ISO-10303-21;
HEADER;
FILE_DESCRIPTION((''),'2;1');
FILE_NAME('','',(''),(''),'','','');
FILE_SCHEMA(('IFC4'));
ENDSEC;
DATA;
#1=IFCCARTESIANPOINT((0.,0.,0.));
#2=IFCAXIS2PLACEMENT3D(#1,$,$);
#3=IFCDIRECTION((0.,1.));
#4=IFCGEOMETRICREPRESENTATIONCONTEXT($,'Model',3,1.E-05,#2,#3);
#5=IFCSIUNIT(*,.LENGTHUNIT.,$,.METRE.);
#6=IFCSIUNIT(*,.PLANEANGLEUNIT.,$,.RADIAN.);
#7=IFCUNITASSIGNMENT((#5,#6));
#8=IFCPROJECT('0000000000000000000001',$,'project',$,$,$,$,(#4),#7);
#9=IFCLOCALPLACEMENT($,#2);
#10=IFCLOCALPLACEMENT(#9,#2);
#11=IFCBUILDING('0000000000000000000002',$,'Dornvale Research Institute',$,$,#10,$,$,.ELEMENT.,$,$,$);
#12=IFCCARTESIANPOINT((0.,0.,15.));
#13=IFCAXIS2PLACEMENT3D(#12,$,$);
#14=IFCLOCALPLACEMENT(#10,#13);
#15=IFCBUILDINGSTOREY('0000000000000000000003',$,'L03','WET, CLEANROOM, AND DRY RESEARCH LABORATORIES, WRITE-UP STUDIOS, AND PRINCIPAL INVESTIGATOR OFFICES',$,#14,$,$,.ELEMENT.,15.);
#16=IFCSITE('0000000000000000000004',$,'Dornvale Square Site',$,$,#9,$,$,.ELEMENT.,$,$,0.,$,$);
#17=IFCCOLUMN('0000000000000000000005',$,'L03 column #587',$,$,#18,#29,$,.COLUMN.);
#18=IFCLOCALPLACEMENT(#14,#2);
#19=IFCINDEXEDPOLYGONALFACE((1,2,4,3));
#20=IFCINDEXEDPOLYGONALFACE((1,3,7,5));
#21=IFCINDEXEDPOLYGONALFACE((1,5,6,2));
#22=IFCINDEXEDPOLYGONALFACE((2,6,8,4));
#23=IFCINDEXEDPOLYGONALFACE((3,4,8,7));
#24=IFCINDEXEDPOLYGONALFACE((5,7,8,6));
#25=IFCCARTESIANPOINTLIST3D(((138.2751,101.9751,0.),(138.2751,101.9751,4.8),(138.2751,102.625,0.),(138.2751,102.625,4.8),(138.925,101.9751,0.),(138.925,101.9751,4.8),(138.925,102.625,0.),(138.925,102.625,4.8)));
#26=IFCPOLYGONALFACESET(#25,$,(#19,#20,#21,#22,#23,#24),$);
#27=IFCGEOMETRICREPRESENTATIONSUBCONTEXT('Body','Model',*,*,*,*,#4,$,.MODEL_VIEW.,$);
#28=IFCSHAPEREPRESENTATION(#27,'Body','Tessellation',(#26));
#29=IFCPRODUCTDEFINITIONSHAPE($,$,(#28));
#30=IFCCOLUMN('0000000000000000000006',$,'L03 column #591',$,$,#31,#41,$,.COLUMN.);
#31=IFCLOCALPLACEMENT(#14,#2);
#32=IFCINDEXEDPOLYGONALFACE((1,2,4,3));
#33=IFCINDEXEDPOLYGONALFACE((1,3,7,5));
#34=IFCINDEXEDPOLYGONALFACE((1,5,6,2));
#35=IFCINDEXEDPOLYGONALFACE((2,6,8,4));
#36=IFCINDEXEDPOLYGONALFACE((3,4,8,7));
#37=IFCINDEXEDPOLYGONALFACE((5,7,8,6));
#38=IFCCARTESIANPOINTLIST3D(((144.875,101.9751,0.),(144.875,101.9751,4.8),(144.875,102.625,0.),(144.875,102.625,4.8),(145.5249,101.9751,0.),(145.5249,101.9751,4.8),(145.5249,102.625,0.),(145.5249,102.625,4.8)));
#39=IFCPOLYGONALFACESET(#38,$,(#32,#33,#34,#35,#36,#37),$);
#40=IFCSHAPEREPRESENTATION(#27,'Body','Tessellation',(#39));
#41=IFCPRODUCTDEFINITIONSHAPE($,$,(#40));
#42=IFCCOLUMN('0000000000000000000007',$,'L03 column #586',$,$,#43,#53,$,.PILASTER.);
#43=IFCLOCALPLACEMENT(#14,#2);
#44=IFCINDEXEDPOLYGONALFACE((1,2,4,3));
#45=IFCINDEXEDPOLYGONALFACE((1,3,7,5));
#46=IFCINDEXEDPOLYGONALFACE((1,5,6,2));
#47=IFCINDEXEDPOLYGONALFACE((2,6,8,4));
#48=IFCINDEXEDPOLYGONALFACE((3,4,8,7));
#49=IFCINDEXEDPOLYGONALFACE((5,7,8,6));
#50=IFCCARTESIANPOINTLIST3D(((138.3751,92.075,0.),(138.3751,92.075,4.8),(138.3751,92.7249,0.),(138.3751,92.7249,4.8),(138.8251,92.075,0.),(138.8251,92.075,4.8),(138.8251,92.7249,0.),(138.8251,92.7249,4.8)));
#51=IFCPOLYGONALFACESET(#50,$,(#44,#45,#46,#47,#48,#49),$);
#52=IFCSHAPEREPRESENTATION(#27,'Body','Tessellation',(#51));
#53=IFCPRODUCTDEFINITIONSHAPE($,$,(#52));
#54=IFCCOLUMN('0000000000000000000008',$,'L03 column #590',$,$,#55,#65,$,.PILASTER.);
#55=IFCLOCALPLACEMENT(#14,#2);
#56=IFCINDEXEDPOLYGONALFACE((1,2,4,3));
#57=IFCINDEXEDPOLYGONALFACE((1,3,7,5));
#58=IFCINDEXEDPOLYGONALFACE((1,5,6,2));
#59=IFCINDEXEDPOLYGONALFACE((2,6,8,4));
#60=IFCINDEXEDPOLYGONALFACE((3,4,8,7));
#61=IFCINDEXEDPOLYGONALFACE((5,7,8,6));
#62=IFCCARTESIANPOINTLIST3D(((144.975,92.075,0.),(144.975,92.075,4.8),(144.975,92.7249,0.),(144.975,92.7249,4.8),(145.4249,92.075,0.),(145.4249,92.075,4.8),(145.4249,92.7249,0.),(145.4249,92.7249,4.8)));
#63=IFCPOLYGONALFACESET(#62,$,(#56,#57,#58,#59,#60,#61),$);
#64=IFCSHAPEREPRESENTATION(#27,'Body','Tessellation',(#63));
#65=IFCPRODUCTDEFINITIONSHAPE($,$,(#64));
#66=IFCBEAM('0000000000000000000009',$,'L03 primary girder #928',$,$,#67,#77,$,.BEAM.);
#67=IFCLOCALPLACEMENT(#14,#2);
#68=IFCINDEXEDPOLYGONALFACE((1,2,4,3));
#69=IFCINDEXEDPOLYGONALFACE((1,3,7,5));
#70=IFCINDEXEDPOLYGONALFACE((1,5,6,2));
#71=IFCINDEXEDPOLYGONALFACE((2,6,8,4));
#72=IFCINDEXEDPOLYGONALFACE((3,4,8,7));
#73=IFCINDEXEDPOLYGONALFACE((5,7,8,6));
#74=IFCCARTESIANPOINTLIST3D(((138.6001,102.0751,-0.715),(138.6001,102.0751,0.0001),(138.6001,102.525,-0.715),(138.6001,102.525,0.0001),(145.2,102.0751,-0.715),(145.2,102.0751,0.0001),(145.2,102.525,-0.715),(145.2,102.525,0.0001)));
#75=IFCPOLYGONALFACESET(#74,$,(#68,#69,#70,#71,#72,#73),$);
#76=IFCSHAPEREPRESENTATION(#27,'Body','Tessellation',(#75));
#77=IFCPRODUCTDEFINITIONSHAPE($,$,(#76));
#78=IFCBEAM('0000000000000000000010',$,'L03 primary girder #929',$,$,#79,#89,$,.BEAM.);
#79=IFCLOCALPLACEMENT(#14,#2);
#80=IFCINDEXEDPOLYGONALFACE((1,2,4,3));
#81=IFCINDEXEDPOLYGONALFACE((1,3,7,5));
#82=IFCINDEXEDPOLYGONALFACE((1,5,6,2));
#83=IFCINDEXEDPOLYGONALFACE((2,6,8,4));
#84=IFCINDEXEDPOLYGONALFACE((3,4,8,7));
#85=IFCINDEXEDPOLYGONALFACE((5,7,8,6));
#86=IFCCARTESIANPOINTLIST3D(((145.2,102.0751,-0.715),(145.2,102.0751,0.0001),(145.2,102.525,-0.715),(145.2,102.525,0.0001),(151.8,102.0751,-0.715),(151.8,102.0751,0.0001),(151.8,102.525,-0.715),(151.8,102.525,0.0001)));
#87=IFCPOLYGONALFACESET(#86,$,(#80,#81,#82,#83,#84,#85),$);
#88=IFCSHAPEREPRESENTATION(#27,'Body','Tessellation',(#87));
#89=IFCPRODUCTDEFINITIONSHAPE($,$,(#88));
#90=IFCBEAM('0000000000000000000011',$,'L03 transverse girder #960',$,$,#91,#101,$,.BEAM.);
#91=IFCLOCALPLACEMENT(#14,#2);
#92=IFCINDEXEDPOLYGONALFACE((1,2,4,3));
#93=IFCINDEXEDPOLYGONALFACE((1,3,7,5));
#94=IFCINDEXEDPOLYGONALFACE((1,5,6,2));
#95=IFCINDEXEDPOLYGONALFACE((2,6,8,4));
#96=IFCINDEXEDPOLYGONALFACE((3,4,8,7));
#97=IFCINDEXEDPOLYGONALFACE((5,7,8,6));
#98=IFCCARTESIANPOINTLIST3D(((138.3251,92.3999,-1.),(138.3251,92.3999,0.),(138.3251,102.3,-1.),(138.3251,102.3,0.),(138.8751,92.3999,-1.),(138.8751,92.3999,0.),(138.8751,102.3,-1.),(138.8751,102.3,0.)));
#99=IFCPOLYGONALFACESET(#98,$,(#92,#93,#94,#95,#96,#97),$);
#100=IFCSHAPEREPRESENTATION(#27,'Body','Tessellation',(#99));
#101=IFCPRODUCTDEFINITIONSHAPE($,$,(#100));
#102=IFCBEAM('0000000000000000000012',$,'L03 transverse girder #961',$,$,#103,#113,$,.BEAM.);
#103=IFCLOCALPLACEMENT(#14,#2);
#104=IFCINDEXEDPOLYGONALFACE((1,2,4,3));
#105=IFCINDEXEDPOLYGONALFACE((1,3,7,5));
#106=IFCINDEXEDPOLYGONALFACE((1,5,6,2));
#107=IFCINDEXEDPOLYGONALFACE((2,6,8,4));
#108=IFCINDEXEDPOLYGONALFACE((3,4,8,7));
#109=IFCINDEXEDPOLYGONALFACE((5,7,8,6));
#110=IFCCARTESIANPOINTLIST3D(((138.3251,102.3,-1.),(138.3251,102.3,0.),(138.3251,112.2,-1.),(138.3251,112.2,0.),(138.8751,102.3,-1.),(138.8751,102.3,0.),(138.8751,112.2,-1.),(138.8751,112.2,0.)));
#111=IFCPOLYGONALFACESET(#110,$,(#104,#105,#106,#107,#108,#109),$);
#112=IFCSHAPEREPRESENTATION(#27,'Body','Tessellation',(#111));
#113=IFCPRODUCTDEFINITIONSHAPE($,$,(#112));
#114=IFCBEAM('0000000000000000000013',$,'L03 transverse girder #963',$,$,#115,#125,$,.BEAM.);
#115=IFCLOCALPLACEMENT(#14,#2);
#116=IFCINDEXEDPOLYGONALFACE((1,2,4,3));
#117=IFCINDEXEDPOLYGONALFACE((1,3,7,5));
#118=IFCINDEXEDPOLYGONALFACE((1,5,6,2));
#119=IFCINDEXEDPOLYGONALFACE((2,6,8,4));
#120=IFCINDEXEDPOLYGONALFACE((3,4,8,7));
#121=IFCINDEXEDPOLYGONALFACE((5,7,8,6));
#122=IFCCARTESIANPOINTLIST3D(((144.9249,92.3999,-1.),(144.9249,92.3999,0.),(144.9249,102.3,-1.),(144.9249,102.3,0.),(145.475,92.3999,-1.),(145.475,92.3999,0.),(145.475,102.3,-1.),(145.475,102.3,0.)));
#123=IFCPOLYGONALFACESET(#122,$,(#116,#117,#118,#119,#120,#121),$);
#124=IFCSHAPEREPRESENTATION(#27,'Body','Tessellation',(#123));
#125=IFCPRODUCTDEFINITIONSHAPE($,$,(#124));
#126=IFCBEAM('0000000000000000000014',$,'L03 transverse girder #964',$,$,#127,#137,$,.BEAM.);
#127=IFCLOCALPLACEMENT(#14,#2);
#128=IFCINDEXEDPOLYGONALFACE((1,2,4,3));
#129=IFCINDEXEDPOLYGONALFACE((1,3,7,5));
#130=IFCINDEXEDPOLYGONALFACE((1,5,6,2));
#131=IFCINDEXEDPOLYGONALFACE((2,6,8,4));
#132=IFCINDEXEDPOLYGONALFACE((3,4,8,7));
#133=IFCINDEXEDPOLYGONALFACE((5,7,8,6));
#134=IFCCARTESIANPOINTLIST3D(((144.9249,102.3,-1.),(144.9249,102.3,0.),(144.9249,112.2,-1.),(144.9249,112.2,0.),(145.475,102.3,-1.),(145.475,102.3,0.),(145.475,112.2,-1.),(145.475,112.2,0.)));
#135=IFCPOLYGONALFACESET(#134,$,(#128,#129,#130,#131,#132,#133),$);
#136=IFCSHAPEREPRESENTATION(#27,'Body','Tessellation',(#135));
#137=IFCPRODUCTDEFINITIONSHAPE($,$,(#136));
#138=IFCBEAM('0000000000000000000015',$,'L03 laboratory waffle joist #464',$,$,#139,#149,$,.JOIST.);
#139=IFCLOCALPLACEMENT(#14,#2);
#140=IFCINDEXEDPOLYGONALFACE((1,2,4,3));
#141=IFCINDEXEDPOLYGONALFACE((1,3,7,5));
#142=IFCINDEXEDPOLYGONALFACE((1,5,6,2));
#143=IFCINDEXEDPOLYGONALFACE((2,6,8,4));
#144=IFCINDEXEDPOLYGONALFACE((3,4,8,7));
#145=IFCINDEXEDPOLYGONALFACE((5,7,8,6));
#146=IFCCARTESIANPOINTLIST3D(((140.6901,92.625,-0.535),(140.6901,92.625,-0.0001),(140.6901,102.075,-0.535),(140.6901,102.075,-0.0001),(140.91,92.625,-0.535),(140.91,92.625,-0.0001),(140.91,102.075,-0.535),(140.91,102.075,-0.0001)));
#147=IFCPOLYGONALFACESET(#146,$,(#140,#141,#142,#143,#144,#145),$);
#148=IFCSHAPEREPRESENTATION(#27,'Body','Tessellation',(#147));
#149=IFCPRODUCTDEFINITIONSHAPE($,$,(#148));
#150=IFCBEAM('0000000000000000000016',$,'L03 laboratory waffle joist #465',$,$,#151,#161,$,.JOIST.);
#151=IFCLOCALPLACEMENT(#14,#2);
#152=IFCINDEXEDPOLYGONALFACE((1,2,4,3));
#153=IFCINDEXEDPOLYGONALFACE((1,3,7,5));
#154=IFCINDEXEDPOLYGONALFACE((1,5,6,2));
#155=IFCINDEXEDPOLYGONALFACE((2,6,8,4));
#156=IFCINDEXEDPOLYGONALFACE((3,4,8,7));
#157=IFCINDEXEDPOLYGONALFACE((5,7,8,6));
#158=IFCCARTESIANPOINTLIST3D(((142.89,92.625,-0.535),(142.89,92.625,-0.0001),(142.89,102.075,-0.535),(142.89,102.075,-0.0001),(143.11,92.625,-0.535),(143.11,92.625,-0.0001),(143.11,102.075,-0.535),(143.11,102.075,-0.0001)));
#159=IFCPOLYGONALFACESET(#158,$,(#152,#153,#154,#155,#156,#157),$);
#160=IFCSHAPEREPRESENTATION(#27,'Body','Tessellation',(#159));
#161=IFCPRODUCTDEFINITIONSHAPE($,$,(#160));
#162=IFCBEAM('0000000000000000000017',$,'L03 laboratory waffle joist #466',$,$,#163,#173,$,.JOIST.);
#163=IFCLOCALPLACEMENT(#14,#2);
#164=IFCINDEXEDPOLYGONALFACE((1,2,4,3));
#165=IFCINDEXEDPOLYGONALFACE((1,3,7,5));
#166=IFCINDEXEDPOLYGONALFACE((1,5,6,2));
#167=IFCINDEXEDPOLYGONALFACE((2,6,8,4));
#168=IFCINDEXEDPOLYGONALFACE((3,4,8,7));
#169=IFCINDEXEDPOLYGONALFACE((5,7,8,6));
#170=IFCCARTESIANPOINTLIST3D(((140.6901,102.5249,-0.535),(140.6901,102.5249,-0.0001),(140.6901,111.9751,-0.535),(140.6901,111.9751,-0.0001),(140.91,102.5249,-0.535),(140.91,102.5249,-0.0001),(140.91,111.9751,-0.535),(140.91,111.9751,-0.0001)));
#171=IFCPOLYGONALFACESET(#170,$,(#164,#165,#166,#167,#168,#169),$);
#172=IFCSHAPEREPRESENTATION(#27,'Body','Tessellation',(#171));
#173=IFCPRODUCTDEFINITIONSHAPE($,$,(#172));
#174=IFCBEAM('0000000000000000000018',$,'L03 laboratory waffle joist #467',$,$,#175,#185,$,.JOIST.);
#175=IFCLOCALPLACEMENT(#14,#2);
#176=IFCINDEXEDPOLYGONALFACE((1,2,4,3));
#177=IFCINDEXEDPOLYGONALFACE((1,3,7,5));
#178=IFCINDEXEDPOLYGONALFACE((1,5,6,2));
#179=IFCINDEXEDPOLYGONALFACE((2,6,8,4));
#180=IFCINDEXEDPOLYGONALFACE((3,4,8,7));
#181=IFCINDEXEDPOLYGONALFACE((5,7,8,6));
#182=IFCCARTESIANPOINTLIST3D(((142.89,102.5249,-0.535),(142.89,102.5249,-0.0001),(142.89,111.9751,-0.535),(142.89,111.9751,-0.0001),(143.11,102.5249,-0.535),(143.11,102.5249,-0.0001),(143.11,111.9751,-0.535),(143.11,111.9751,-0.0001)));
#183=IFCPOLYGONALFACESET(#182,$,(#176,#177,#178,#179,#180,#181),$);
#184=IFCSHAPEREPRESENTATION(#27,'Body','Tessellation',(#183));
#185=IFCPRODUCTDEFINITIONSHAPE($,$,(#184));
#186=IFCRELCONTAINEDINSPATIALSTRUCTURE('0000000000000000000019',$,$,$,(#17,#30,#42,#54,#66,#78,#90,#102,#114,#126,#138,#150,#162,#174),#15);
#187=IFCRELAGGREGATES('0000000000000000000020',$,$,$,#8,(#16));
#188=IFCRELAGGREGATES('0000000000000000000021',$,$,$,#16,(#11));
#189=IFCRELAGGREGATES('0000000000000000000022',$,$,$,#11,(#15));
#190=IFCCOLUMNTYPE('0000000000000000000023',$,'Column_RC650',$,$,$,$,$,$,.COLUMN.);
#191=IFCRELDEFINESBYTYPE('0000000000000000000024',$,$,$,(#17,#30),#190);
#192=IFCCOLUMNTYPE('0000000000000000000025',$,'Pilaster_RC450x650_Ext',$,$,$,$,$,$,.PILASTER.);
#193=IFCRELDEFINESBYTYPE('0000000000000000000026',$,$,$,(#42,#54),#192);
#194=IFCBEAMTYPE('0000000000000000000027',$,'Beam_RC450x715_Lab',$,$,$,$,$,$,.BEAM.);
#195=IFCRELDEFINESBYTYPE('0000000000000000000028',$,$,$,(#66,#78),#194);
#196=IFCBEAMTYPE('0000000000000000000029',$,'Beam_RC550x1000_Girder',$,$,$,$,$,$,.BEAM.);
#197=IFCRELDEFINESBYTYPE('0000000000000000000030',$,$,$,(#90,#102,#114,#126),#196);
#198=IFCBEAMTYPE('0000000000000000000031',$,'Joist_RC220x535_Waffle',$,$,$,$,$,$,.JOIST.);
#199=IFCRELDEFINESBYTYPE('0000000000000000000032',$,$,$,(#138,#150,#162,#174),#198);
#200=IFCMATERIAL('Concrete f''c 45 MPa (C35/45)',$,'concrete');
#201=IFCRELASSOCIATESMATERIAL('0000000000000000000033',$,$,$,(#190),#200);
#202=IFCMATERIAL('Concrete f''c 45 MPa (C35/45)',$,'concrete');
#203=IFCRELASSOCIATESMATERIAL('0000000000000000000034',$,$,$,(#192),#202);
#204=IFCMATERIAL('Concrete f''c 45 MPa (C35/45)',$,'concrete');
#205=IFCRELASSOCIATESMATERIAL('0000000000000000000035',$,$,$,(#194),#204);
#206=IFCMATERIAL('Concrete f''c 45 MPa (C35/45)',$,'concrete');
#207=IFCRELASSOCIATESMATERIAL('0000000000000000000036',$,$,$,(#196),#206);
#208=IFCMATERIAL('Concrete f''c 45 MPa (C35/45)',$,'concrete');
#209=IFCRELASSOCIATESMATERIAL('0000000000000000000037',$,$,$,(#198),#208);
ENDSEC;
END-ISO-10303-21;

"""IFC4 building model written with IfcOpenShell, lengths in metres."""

from ifc_helpers import new_model, si_unit, direction, frame, origin, origin_2d, place, context, subcontext, project, spatial, rectangle, extrude, material, material_profile, profile_set, type_object, element, save


model = new_model("IFC4")

# Units and contexts
model_context = context("Model", 3, precision=1e-05, world=origin(), true_north=direction((0.0, 1.0)))
body_context = subcontext(model_context, "Body", "Model", "MODEL_VIEW")
ifc_project = project(units=[si_unit("LENGTHUNIT", "METRE"), si_unit("PLANEANGLEUNIT", "RADIAN")], contexts=[model_context])

# Site, building, storey
site_placement = place(None, origin())
site = spatial("IfcSite", under=ifc_project, at=site_placement, Name="Dornvale Square Site", CompositionType="ELEMENT", RefElevation=0.0)
building_placement = place(site_placement, origin())
building = spatial("IfcBuilding", under=site, at=building_placement, Name="Dornvale Research Institute", CompositionType="ELEMENT")
storey_placement = place(building_placement, frame((0.0, 0.0, 15.0)))
storey = spatial("IfcBuildingStorey", under=building, at=storey_placement, Name="L03", Description="WET, CLEANROOM, AND DRY RESEARCH LABORATORIES, WRITE-UP STUDIOS, AND PRINCIPAL INVESTIGATOR OFFICES", CompositionType="ELEMENT", Elevation=15.0)

# Columns
ifc_material_1 = material(Name="Concrete f'c 45 MPa (C35/45)", Category="concrete")
ifc_material_profile_1 = material_profile(ifc_material_1, rectangle(XDim=0.6499, YDim=0.6499, at=origin_2d()), Name="RC 650x650")
ifc_profile_set_1 = profile_set([ifc_material_profile_1], Name="Concrete f'c 45 MPa (C35/45)")
column_type_1 = type_object("IfcColumnType", Name="Column_RC650", PredefinedType="COLUMN", material=ifc_profile_set_1)
for number, where, z_axis, x_axis, name in (
    (1, (138.6001, 102.3, 0.0), (0.0, 0.0, 1.0), (1.0, 0.0, 0.0), "L03 column #587"),
    (2, (145.2, 102.3, 0.0), (0.0, 0.0, 1.0), (1.0, 0.0, 0.0), "L03 column #591"),
):
    element("IfcColumn", number, at=place(storey_placement, frame(where, z_axis=z_axis, x_axis=x_axis)), inside=storey, type_object=column_type_1, Name=name, PredefinedType="COLUMN", context=body_context, shape_type="SweptSolid", body=[
        extrude(rectangle(XDim=0.6499, YDim=0.6499, at=origin_2d()), origin(), (0.0, 0.0, 1.0), 4.8),
    ])
ifc_material_2 = material(Name="Concrete f'c 45 MPa (C35/45)", Category="concrete")
ifc_material_profile_2 = material_profile(ifc_material_2, rectangle(XDim=0.45, YDim=0.6499, at=origin_2d()), Name="RC 450x650")
ifc_profile_set_2 = profile_set([ifc_material_profile_2], Name="Concrete f'c 45 MPa (C35/45)")
column_type_2 = type_object("IfcColumnType", Name="Pilaster_RC450x650_Ext", PredefinedType="PILASTER", material=ifc_profile_set_2)
for number, where, z_axis, x_axis, name in (
    (3, (138.6001, 92.3999, 0.0), (0.0, 0.0, 1.0), (1.0, 0.0, 0.0), "L03 column #586"),
    (4, (145.2, 92.3999, 0.0), (0.0, 0.0, 1.0), (1.0, 0.0, 0.0), "L03 column #590"),
):
    element("IfcColumn", number, at=place(storey_placement, frame(where, z_axis=z_axis, x_axis=x_axis)), inside=storey, type_object=column_type_2, Name=name, PredefinedType="PILASTER", context=body_context, shape_type="SweptSolid", body=[
        extrude(rectangle(XDim=0.45, YDim=0.6499, at=origin_2d()), origin(), (0.0, 0.0, 1.0), 4.8),
    ])

# Beams
ifc_material_3 = material(Name="Concrete f'c 45 MPa (C35/45)", Category="concrete")
ifc_material_profile_3 = material_profile(ifc_material_3, rectangle(XDim=0.45, YDim=0.7151, at=origin_2d()), Name="RC 450x715")
ifc_profile_set_3 = profile_set([ifc_material_profile_3], Name="Concrete f'c 45 MPa (C35/45)")
beam_type_1 = type_object("IfcBeamType", Name="Beam_RC450x715_Lab", PredefinedType="BEAM", material=ifc_profile_set_3)
beam_1_placement = place(storey_placement, frame((138.6001, 102.3, -0.3574), z_axis=(1.0, 0.0, 0.0), x_axis=(0.0, 1.0, 0.0)))
element("IfcBeam", 5, at=beam_1_placement, inside=storey, type_object=beam_type_1, Name="L03 primary girder #928", PredefinedType="BEAM", context=body_context, shape_type="SweptSolid", body=[
    extrude(rectangle(XDim=0.45, YDim=0.7151, at=origin_2d()), origin(), (0.0, 0.0, 1.0), 6.5999),
])
beam_2_placement = place(storey_placement, frame((145.2, 102.3, -0.3574), z_axis=(1.0, 0.0, 0.0), x_axis=(0.0, 1.0, 0.0)))
element("IfcBeam", 6, at=beam_2_placement, inside=storey, type_object=beam_type_1, Name="L03 primary girder #929", PredefinedType="BEAM", context=body_context, shape_type="SweptSolid", body=[
    extrude(rectangle(XDim=0.45, YDim=0.7151, at=origin_2d()), origin(), (0.0, 0.0, 1.0), 6.6001),
])
ifc_material_4 = material(Name="Concrete f'c 45 MPa (C35/45)", Category="concrete")
ifc_material_profile_4 = material_profile(ifc_material_4, rectangle(XDim=0.55, YDim=1.0, at=origin_2d()), Name="RC 550x1000")
ifc_profile_set_4 = profile_set([ifc_material_profile_4], Name="Concrete f'c 45 MPa (C35/45)")
beam_type_2 = type_object("IfcBeamType", Name="Beam_RC550x1000_Girder", PredefinedType="BEAM", material=ifc_profile_set_4)
beam_3_placement = place(storey_placement, frame((138.6001, 92.3999, -0.5), z_axis=(0.0, 1.0, 0.0), x_axis=(-1.0, 0.0, 0.0)))
element("IfcBeam", 7, at=beam_3_placement, inside=storey, type_object=beam_type_2, Name="L03 transverse girder #960", PredefinedType="BEAM", context=body_context, shape_type="SweptSolid", body=[
    extrude(rectangle(XDim=0.55, YDim=1.0, at=origin_2d()), origin(), (0.0, 0.0, 1.0), 9.9001),
])
beam_4_placement = place(storey_placement, frame((138.6001, 102.3, -0.5), z_axis=(0.0, 1.0, 0.0), x_axis=(-1.0, 0.0, 0.0)))
element("IfcBeam", 8, at=beam_4_placement, inside=storey, type_object=beam_type_2, Name="L03 transverse girder #961", PredefinedType="BEAM", context=body_context, shape_type="SweptSolid", body=[
    extrude(rectangle(XDim=0.55, YDim=1.0, at=origin_2d()), origin(), (0.0, 0.0, 1.0), 9.8999),
])
beam_5_placement = place(storey_placement, frame((145.2, 92.3999, -0.5), z_axis=(0.0, 1.0, 0.0), x_axis=(-1.0, 0.0, 0.0)))
element("IfcBeam", 9, at=beam_5_placement, inside=storey, type_object=beam_type_2, Name="L03 transverse girder #963", PredefinedType="BEAM", context=body_context, shape_type="SweptSolid", body=[
    extrude(rectangle(XDim=0.55, YDim=1.0, at=origin_2d()), origin(), (0.0, 0.0, 1.0), 9.9001),
])
beam_6_placement = place(storey_placement, frame((145.2, 102.3, -0.5), z_axis=(0.0, 1.0, 0.0), x_axis=(-1.0, 0.0, 0.0)))
element("IfcBeam", 10, at=beam_6_placement, inside=storey, type_object=beam_type_2, Name="L03 transverse girder #964", PredefinedType="BEAM", context=body_context, shape_type="SweptSolid", body=[
    extrude(rectangle(XDim=0.55, YDim=1.0, at=origin_2d()), origin(), (0.0, 0.0, 1.0), 9.8999),
])
ifc_material_5 = material(Name="Concrete f'c 45 MPa (C35/45)", Category="concrete")
ifc_material_profile_5 = material_profile(ifc_material_5, rectangle(XDim=0.22, YDim=0.5349, at=origin_2d()), Name="RC 220x535")
ifc_profile_set_5 = profile_set([ifc_material_profile_5], Name="Concrete f'c 45 MPa (C35/45)")
beam_type_3 = type_object("IfcBeamType", Name="Joist_RC220x535_Waffle", PredefinedType="JOIST", material=ifc_profile_set_5)
for number, where, z_axis, x_axis, name in (
    (11, (140.8, 92.625, -0.2676), (0.0, 1.0, 0.0), (-1.0, 0.0, 0.0), "L03 laboratory waffle joist #464"),
    (12, (143.0, 92.625, -0.2676), (0.0, 1.0, 0.0), (-1.0, 0.0, 0.0), "L03 laboratory waffle joist #465"),
):
    element("IfcBeam", number, at=place(storey_placement, frame(where, z_axis=z_axis, x_axis=x_axis)), inside=storey, type_object=beam_type_3, Name=name, PredefinedType="JOIST", context=body_context, shape_type="SweptSolid", body=[
        extrude(rectangle(XDim=0.22, YDim=0.5349, at=origin_2d()), origin(), (0.0, 0.0, 1.0), 9.45),
    ])
for number, where, z_axis, x_axis, name in (
    (13, (140.8, 102.5249, -0.2676), (0.0, 1.0, 0.0), (-1.0, 0.0, 0.0), "L03 laboratory waffle joist #466"),
    (14, (143.0, 102.5249, -0.2676), (0.0, 1.0, 0.0), (-1.0, 0.0, 0.0), "L03 laboratory waffle joist #467"),
):
    element("IfcBeam", number, at=place(storey_placement, frame(where, z_axis=z_axis, x_axis=x_axis)), inside=storey, type_object=beam_type_3, Name=name, PredefinedType="JOIST", context=body_context, shape_type="SweptSolid", body=[
        extrude(rectangle(XDim=0.22, YDim=0.5349, at=origin_2d()), origin(), (0.0, 0.0, 1.0), 9.4502),
    ])

save(model, "model.ifc")
